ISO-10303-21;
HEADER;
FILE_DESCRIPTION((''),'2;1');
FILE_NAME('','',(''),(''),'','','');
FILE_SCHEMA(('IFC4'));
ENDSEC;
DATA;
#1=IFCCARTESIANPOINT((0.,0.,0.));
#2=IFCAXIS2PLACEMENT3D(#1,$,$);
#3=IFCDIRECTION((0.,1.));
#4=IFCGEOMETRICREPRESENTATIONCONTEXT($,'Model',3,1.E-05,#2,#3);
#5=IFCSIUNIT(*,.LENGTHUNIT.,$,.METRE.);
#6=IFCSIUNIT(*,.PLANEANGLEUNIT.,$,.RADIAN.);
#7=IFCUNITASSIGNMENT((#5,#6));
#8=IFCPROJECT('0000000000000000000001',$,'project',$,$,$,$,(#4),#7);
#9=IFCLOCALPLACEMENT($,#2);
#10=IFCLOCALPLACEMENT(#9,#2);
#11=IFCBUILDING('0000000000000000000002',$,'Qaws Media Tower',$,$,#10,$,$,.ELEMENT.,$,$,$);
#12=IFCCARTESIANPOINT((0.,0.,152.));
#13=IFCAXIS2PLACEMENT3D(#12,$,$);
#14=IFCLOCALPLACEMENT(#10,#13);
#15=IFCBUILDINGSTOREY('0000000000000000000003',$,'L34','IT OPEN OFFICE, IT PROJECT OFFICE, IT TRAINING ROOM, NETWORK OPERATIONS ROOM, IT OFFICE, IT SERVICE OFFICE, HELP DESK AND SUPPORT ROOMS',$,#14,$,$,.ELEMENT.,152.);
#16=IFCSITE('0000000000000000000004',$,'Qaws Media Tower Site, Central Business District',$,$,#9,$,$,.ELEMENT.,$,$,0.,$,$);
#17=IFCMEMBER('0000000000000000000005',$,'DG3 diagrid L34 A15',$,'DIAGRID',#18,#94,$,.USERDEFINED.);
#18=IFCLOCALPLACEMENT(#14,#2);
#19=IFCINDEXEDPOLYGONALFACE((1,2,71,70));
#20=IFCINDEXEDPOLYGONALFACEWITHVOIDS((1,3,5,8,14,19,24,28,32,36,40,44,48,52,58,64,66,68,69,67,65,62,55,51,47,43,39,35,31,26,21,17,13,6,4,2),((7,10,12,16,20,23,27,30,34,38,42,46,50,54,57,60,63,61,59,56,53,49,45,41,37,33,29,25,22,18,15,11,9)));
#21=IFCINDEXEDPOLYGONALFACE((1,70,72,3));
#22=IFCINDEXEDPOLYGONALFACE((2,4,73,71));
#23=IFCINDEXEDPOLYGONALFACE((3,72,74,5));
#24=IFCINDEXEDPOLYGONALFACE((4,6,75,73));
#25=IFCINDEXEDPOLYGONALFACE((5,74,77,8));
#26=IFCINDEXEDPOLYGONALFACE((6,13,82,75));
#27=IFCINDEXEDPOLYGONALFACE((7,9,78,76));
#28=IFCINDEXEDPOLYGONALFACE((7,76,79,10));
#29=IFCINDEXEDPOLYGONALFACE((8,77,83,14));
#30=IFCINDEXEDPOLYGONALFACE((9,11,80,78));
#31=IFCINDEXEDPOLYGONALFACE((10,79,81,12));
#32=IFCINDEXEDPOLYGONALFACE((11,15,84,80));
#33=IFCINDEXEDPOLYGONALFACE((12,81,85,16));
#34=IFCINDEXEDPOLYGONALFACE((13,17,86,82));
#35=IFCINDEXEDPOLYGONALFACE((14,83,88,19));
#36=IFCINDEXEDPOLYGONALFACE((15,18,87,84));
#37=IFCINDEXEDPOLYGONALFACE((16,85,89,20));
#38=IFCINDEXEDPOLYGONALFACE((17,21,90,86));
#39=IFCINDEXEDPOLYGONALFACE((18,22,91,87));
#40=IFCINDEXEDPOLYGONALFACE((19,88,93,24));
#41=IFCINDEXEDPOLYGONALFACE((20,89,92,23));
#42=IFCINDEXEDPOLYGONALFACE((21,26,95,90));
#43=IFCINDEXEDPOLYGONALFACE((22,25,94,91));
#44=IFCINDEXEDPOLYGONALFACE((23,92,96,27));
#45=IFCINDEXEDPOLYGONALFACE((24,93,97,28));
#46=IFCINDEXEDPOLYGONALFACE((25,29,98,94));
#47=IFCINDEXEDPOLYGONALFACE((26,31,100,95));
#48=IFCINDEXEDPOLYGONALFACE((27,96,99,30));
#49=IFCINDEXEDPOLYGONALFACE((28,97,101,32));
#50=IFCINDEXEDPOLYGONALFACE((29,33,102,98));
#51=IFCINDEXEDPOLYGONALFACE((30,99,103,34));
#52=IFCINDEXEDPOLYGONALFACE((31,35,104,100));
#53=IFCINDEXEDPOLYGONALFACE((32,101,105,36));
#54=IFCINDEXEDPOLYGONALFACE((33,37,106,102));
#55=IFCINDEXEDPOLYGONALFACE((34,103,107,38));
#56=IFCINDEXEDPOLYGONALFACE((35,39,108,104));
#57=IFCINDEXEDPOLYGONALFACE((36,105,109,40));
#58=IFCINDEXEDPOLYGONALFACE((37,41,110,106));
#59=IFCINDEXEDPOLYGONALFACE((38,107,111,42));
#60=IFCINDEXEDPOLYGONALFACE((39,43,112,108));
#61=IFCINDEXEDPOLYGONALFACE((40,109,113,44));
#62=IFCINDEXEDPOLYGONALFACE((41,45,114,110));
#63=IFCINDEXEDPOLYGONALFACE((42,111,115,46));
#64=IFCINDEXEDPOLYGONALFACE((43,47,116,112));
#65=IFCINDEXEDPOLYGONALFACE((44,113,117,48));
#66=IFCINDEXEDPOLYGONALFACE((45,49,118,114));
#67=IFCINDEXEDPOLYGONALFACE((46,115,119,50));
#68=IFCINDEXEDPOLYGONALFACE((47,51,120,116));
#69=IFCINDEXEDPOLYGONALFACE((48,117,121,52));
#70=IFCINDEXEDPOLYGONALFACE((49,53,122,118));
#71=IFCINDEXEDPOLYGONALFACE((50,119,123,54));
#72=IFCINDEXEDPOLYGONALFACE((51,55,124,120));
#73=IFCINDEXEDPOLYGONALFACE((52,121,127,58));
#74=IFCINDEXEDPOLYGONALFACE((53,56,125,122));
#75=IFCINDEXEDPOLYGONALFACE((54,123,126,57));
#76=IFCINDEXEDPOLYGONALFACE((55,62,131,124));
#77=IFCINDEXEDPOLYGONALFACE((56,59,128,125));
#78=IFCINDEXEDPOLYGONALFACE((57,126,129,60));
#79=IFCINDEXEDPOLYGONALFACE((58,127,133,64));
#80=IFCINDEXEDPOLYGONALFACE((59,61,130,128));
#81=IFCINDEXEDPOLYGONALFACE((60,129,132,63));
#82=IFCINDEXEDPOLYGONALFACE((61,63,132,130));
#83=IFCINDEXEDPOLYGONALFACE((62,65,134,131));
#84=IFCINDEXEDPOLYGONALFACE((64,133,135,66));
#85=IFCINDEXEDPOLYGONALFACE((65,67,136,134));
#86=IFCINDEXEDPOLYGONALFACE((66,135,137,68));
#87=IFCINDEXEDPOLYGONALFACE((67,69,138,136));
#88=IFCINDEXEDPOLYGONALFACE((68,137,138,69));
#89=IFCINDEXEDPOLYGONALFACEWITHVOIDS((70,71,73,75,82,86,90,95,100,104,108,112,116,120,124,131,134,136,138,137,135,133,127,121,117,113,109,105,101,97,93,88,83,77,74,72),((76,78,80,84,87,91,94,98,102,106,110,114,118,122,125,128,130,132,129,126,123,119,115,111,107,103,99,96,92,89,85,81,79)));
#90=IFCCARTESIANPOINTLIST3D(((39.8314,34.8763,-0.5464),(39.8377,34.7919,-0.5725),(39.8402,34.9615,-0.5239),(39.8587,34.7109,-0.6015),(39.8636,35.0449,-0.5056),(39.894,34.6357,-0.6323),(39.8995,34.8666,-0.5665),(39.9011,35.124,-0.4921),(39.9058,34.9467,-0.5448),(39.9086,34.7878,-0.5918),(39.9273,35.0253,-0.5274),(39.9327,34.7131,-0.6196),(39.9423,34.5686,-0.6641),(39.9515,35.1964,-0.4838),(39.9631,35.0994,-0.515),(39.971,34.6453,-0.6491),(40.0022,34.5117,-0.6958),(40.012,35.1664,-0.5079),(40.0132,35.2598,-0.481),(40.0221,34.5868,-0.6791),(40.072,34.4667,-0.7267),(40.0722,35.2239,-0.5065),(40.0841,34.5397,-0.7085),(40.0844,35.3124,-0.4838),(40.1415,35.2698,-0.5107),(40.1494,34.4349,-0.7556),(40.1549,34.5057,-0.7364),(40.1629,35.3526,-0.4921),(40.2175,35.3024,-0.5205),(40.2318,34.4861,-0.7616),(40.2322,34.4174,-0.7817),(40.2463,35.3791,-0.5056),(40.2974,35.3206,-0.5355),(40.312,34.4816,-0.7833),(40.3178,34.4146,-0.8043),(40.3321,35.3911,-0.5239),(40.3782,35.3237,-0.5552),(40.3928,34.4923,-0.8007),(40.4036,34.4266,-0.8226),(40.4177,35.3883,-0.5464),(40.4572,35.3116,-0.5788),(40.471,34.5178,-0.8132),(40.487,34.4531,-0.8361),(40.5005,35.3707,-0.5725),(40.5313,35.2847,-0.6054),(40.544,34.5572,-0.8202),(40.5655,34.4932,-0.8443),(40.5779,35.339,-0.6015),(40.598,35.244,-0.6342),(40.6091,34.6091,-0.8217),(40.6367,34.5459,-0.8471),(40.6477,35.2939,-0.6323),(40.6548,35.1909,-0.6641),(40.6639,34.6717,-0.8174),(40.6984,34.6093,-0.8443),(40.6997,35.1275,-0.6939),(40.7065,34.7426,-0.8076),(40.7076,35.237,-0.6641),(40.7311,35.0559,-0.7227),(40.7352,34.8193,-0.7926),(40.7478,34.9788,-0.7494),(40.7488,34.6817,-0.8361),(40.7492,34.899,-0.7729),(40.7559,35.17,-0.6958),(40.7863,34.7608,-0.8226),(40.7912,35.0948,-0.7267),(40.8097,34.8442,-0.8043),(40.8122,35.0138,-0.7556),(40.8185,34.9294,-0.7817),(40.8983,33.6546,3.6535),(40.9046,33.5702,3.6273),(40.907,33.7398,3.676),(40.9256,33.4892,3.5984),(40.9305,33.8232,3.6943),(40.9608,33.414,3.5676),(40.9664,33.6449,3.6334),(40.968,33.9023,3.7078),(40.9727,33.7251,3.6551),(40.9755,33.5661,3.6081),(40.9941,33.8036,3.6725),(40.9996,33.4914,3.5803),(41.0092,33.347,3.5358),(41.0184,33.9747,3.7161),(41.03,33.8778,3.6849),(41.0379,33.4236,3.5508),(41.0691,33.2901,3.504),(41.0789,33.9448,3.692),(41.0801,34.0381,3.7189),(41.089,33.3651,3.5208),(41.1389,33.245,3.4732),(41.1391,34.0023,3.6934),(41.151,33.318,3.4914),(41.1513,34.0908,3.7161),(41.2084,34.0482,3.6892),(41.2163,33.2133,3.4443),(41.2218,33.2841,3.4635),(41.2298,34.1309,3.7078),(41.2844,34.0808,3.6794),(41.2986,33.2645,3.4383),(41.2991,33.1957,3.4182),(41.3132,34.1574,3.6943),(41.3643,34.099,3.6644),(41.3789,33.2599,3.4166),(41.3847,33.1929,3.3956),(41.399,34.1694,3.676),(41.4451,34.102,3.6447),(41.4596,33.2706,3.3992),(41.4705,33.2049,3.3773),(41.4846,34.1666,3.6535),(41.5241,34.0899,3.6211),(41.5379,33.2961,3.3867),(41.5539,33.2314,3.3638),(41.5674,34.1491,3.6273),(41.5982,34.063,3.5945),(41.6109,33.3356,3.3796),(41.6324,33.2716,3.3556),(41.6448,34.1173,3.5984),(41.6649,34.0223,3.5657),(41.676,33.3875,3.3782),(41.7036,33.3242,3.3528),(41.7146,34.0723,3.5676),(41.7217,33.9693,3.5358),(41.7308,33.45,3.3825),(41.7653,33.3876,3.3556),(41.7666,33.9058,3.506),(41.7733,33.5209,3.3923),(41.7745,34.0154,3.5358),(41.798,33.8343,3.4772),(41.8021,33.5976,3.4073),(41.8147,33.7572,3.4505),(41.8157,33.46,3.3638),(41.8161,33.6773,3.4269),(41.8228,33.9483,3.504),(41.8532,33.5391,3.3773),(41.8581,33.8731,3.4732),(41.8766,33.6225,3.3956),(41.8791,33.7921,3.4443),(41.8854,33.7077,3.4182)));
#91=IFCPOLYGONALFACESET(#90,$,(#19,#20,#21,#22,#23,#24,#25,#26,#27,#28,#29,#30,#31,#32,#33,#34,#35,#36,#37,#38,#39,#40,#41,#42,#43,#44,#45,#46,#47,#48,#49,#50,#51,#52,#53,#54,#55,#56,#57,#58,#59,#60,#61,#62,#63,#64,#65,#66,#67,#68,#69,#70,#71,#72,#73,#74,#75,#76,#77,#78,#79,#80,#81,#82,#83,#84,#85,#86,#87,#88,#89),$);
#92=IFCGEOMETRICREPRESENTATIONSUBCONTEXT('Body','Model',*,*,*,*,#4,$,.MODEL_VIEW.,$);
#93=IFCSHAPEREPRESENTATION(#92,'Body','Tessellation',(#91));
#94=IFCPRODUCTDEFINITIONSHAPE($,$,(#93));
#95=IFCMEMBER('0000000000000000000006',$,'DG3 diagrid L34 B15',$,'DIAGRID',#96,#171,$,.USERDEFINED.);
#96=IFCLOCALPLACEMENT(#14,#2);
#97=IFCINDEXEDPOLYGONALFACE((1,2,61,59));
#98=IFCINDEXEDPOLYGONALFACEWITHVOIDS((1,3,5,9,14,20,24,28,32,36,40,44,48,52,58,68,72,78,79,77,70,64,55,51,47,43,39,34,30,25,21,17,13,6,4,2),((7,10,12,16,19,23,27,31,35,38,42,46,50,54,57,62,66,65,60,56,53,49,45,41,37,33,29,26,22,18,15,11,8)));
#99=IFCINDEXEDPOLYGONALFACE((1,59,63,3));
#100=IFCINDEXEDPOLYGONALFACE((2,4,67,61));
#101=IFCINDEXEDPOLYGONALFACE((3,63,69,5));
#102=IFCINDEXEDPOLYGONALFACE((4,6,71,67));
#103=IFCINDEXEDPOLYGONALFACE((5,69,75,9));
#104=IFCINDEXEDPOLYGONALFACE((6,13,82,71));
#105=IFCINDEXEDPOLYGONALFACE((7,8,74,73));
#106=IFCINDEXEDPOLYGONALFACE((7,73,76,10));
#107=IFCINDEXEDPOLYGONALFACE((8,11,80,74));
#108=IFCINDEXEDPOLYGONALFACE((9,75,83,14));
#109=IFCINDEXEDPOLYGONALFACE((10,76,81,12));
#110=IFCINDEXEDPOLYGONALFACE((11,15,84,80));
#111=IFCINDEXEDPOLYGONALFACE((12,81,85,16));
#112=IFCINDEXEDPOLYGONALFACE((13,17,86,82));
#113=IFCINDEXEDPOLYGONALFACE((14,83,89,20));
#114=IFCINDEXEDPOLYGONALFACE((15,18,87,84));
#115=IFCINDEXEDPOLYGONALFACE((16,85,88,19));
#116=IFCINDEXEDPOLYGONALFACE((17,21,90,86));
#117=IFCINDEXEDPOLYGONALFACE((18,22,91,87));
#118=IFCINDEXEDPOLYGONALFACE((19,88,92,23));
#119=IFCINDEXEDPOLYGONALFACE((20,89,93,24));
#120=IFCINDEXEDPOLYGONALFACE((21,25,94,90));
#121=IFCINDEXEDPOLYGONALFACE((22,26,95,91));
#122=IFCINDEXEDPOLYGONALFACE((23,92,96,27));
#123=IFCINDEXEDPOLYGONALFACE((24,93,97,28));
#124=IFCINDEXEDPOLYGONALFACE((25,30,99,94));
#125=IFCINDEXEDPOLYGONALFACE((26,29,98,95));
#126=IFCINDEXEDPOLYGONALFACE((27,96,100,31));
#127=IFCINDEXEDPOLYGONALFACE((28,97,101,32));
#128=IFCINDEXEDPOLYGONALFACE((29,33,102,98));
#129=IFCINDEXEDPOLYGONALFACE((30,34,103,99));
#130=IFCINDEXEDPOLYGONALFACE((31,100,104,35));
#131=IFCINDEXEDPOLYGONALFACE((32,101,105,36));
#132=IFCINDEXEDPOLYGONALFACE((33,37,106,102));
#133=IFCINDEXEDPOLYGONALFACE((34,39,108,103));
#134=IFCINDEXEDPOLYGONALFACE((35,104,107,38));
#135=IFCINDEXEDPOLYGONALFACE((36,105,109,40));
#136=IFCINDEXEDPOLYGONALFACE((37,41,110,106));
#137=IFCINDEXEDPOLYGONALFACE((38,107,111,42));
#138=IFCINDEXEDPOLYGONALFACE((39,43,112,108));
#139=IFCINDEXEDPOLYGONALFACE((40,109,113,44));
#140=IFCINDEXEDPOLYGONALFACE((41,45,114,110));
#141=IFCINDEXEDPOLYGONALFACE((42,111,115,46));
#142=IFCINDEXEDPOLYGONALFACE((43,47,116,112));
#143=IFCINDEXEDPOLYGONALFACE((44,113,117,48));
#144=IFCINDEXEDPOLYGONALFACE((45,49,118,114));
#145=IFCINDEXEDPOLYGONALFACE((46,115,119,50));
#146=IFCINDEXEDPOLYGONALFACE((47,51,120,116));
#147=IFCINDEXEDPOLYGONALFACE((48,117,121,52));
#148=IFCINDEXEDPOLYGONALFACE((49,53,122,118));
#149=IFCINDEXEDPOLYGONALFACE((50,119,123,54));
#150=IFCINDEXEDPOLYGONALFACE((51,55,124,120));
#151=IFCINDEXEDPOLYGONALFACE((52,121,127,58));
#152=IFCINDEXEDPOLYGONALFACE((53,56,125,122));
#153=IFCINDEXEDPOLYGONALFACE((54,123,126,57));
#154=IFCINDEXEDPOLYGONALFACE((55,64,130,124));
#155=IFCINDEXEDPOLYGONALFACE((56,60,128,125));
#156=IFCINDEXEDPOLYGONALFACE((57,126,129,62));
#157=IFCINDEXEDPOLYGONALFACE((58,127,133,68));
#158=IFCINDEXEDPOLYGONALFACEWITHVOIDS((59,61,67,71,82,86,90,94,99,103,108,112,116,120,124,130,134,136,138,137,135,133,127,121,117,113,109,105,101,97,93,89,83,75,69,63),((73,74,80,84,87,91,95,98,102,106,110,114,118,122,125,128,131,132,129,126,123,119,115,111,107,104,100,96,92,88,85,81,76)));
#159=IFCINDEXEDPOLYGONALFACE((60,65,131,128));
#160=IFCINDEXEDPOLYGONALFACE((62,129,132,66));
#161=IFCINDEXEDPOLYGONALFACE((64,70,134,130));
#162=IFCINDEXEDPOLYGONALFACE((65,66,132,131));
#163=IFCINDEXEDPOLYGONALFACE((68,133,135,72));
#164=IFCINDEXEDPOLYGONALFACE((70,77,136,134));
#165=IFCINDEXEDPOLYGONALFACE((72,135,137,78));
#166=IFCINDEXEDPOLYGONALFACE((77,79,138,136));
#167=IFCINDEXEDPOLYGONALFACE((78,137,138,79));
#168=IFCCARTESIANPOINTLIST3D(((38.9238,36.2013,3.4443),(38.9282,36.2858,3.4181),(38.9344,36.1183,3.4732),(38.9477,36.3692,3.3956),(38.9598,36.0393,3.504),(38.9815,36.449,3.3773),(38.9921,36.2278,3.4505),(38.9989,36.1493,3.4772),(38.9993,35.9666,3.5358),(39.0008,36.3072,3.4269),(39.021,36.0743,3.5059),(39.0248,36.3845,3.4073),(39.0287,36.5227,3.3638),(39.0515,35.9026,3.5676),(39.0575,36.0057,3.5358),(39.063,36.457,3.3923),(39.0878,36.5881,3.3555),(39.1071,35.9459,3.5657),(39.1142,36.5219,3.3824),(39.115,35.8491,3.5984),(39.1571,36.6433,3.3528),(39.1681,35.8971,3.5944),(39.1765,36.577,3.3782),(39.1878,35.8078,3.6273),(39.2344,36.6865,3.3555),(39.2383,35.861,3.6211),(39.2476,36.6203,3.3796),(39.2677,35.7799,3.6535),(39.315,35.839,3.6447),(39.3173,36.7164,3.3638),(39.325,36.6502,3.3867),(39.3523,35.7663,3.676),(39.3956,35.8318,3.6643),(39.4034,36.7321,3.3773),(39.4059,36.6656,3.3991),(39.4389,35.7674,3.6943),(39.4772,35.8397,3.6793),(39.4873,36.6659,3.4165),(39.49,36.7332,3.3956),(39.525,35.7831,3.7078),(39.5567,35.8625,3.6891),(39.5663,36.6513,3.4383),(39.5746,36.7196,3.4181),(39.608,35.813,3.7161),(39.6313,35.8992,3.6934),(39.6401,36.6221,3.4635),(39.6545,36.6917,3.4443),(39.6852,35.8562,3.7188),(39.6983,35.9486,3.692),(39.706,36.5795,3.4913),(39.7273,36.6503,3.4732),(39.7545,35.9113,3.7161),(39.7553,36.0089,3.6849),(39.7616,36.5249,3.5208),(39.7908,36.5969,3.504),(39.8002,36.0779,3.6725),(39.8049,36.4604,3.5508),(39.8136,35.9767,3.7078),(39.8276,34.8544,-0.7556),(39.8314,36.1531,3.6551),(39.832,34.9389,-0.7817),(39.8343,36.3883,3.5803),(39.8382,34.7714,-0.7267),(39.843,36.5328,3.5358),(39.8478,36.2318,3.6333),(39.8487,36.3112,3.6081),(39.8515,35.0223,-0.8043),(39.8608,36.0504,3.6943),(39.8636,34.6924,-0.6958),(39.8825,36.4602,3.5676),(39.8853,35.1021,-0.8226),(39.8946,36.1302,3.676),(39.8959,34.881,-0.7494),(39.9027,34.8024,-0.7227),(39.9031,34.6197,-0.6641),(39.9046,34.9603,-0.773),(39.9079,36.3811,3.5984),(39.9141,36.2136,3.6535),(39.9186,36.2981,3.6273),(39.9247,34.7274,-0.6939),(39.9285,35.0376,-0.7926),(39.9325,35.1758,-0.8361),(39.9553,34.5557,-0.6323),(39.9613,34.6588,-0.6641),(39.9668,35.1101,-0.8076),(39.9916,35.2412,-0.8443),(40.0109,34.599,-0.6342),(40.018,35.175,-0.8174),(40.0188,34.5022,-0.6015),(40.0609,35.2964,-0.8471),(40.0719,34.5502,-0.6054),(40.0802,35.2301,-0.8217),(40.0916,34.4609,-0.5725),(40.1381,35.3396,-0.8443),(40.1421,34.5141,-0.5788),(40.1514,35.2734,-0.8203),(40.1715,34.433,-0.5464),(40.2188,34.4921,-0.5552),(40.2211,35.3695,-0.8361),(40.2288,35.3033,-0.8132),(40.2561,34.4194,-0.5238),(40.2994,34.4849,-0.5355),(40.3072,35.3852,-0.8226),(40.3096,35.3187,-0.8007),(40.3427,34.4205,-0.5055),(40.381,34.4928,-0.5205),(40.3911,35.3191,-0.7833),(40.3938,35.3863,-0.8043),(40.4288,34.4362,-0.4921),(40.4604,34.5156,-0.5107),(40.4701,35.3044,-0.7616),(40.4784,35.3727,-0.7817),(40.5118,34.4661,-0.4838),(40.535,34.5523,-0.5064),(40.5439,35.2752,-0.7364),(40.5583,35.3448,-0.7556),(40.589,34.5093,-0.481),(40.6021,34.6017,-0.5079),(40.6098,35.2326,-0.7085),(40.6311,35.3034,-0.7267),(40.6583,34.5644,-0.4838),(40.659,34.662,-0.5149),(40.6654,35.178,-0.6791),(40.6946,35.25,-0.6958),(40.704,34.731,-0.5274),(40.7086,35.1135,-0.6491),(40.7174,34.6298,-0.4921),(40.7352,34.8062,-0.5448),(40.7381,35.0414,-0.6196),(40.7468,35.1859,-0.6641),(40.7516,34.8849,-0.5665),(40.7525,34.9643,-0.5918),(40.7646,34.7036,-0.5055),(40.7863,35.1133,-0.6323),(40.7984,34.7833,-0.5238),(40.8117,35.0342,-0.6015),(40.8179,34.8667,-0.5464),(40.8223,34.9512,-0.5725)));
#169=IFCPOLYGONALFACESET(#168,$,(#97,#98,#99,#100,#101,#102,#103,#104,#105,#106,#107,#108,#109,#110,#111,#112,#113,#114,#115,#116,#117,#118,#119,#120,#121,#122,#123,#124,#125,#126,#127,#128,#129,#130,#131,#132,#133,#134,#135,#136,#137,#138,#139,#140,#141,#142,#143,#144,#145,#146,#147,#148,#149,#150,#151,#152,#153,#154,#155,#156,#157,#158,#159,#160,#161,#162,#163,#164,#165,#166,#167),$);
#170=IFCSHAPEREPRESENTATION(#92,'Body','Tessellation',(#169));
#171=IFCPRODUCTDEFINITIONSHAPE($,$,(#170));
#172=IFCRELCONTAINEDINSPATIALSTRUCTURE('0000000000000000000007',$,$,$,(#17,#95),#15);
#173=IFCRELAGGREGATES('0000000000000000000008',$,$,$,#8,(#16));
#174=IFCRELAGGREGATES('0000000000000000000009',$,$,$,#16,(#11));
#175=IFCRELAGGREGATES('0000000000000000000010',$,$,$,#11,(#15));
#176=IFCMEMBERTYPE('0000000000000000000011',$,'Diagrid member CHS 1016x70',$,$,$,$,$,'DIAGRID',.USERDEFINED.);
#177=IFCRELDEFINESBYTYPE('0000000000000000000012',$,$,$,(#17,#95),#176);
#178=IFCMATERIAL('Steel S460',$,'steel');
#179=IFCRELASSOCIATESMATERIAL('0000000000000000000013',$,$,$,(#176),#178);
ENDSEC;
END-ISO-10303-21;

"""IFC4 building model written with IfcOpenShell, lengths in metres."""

from ifc_helpers import new_model, si_unit, direction, frame, origin, origin_2d, place, context, subcontext, project, spatial, hollow_circle, extrude, material, material_profile, profile_set, type_object, element, save


model = new_model("IFC4")

# Units and contexts
model_context = context("Model", 3, precision=1e-05, world=origin(), true_north=direction((0.0, 1.0)))
body_context = subcontext(model_context, "Body", "Model", "MODEL_VIEW")
ifc_project = project(units=[si_unit("LENGTHUNIT", "METRE"), si_unit("PLANEANGLEUNIT", "RADIAN")], contexts=[model_context])

# Site, building, storey
site_placement = place(None, origin())
site = spatial("IfcSite", under=ifc_project, at=site_placement, Name="Qaws Media Tower Site, Central Business District", CompositionType="ELEMENT", RefElevation=0.0)
building_placement = place(site_placement, origin())
building = spatial("IfcBuilding", under=site, at=building_placement, Name="Qaws Media Tower", CompositionType="ELEMENT")
storey_placement = place(building_placement, frame((0.0, 0.0, 152.0)))
storey = spatial("IfcBuildingStorey", under=building, at=storey_placement, Name="L34", Description="IT OPEN OFFICE, IT PROJECT OFFICE, IT TRAINING ROOM, NETWORK OPERATIONS ROOM, IT OFFICE, IT SERVICE OFFICE, HELP DESK AND SUPPORT ROOMS", CompositionType="ELEMENT", Elevation=152.0)

# Members
ifc_material_1 = material(Name="Steel S460", Category="steel")
ifc_material_profile_1 = material_profile(ifc_material_1, hollow_circle(Radius=0.5081, WallThickness=0.0701, at=origin_2d()), Name="CHS 1016x70")
ifc_profile_set_1 = profile_set([ifc_material_profile_1], Name="Steel S460")
member_type_1 = type_object("IfcMemberType", Name="Diagrid member CHS 1016x70", ElementType="DIAGRID", PredefinedType="USERDEFINED", material=ifc_profile_set_1)
for number, where, z_axis, x_axis, name in (
    (1, (40.325, 34.9028, -0.6641), (0.236969, -0.271348, 0.932854), (0.75321, 0.65778, 0.0), "DG3 diagrid L34 A15"),
    (2, (40.325, 34.9028, -0.6641), (-0.200744, 0.299164, 0.932847), (-0.830379, -0.557199, 0.0), "DG3 diagrid L34 B15"),
):
    element("IfcMember", number, at=place(storey_placement, frame(where, z_axis=z_axis, x_axis=x_axis)), inside=storey, type_object=member_type_1, Name=name, ObjectType="DIAGRID", PredefinedType="USERDEFINED", context=body_context, shape_type="SweptSolid", body=[
        extrude(hollow_circle(Radius=0.5081, WallThickness=0.0701, at=origin_2d()), origin(), (0.0, 0.0, 1.0), 4.5022),
    ])

save(model, "model.ifc")
